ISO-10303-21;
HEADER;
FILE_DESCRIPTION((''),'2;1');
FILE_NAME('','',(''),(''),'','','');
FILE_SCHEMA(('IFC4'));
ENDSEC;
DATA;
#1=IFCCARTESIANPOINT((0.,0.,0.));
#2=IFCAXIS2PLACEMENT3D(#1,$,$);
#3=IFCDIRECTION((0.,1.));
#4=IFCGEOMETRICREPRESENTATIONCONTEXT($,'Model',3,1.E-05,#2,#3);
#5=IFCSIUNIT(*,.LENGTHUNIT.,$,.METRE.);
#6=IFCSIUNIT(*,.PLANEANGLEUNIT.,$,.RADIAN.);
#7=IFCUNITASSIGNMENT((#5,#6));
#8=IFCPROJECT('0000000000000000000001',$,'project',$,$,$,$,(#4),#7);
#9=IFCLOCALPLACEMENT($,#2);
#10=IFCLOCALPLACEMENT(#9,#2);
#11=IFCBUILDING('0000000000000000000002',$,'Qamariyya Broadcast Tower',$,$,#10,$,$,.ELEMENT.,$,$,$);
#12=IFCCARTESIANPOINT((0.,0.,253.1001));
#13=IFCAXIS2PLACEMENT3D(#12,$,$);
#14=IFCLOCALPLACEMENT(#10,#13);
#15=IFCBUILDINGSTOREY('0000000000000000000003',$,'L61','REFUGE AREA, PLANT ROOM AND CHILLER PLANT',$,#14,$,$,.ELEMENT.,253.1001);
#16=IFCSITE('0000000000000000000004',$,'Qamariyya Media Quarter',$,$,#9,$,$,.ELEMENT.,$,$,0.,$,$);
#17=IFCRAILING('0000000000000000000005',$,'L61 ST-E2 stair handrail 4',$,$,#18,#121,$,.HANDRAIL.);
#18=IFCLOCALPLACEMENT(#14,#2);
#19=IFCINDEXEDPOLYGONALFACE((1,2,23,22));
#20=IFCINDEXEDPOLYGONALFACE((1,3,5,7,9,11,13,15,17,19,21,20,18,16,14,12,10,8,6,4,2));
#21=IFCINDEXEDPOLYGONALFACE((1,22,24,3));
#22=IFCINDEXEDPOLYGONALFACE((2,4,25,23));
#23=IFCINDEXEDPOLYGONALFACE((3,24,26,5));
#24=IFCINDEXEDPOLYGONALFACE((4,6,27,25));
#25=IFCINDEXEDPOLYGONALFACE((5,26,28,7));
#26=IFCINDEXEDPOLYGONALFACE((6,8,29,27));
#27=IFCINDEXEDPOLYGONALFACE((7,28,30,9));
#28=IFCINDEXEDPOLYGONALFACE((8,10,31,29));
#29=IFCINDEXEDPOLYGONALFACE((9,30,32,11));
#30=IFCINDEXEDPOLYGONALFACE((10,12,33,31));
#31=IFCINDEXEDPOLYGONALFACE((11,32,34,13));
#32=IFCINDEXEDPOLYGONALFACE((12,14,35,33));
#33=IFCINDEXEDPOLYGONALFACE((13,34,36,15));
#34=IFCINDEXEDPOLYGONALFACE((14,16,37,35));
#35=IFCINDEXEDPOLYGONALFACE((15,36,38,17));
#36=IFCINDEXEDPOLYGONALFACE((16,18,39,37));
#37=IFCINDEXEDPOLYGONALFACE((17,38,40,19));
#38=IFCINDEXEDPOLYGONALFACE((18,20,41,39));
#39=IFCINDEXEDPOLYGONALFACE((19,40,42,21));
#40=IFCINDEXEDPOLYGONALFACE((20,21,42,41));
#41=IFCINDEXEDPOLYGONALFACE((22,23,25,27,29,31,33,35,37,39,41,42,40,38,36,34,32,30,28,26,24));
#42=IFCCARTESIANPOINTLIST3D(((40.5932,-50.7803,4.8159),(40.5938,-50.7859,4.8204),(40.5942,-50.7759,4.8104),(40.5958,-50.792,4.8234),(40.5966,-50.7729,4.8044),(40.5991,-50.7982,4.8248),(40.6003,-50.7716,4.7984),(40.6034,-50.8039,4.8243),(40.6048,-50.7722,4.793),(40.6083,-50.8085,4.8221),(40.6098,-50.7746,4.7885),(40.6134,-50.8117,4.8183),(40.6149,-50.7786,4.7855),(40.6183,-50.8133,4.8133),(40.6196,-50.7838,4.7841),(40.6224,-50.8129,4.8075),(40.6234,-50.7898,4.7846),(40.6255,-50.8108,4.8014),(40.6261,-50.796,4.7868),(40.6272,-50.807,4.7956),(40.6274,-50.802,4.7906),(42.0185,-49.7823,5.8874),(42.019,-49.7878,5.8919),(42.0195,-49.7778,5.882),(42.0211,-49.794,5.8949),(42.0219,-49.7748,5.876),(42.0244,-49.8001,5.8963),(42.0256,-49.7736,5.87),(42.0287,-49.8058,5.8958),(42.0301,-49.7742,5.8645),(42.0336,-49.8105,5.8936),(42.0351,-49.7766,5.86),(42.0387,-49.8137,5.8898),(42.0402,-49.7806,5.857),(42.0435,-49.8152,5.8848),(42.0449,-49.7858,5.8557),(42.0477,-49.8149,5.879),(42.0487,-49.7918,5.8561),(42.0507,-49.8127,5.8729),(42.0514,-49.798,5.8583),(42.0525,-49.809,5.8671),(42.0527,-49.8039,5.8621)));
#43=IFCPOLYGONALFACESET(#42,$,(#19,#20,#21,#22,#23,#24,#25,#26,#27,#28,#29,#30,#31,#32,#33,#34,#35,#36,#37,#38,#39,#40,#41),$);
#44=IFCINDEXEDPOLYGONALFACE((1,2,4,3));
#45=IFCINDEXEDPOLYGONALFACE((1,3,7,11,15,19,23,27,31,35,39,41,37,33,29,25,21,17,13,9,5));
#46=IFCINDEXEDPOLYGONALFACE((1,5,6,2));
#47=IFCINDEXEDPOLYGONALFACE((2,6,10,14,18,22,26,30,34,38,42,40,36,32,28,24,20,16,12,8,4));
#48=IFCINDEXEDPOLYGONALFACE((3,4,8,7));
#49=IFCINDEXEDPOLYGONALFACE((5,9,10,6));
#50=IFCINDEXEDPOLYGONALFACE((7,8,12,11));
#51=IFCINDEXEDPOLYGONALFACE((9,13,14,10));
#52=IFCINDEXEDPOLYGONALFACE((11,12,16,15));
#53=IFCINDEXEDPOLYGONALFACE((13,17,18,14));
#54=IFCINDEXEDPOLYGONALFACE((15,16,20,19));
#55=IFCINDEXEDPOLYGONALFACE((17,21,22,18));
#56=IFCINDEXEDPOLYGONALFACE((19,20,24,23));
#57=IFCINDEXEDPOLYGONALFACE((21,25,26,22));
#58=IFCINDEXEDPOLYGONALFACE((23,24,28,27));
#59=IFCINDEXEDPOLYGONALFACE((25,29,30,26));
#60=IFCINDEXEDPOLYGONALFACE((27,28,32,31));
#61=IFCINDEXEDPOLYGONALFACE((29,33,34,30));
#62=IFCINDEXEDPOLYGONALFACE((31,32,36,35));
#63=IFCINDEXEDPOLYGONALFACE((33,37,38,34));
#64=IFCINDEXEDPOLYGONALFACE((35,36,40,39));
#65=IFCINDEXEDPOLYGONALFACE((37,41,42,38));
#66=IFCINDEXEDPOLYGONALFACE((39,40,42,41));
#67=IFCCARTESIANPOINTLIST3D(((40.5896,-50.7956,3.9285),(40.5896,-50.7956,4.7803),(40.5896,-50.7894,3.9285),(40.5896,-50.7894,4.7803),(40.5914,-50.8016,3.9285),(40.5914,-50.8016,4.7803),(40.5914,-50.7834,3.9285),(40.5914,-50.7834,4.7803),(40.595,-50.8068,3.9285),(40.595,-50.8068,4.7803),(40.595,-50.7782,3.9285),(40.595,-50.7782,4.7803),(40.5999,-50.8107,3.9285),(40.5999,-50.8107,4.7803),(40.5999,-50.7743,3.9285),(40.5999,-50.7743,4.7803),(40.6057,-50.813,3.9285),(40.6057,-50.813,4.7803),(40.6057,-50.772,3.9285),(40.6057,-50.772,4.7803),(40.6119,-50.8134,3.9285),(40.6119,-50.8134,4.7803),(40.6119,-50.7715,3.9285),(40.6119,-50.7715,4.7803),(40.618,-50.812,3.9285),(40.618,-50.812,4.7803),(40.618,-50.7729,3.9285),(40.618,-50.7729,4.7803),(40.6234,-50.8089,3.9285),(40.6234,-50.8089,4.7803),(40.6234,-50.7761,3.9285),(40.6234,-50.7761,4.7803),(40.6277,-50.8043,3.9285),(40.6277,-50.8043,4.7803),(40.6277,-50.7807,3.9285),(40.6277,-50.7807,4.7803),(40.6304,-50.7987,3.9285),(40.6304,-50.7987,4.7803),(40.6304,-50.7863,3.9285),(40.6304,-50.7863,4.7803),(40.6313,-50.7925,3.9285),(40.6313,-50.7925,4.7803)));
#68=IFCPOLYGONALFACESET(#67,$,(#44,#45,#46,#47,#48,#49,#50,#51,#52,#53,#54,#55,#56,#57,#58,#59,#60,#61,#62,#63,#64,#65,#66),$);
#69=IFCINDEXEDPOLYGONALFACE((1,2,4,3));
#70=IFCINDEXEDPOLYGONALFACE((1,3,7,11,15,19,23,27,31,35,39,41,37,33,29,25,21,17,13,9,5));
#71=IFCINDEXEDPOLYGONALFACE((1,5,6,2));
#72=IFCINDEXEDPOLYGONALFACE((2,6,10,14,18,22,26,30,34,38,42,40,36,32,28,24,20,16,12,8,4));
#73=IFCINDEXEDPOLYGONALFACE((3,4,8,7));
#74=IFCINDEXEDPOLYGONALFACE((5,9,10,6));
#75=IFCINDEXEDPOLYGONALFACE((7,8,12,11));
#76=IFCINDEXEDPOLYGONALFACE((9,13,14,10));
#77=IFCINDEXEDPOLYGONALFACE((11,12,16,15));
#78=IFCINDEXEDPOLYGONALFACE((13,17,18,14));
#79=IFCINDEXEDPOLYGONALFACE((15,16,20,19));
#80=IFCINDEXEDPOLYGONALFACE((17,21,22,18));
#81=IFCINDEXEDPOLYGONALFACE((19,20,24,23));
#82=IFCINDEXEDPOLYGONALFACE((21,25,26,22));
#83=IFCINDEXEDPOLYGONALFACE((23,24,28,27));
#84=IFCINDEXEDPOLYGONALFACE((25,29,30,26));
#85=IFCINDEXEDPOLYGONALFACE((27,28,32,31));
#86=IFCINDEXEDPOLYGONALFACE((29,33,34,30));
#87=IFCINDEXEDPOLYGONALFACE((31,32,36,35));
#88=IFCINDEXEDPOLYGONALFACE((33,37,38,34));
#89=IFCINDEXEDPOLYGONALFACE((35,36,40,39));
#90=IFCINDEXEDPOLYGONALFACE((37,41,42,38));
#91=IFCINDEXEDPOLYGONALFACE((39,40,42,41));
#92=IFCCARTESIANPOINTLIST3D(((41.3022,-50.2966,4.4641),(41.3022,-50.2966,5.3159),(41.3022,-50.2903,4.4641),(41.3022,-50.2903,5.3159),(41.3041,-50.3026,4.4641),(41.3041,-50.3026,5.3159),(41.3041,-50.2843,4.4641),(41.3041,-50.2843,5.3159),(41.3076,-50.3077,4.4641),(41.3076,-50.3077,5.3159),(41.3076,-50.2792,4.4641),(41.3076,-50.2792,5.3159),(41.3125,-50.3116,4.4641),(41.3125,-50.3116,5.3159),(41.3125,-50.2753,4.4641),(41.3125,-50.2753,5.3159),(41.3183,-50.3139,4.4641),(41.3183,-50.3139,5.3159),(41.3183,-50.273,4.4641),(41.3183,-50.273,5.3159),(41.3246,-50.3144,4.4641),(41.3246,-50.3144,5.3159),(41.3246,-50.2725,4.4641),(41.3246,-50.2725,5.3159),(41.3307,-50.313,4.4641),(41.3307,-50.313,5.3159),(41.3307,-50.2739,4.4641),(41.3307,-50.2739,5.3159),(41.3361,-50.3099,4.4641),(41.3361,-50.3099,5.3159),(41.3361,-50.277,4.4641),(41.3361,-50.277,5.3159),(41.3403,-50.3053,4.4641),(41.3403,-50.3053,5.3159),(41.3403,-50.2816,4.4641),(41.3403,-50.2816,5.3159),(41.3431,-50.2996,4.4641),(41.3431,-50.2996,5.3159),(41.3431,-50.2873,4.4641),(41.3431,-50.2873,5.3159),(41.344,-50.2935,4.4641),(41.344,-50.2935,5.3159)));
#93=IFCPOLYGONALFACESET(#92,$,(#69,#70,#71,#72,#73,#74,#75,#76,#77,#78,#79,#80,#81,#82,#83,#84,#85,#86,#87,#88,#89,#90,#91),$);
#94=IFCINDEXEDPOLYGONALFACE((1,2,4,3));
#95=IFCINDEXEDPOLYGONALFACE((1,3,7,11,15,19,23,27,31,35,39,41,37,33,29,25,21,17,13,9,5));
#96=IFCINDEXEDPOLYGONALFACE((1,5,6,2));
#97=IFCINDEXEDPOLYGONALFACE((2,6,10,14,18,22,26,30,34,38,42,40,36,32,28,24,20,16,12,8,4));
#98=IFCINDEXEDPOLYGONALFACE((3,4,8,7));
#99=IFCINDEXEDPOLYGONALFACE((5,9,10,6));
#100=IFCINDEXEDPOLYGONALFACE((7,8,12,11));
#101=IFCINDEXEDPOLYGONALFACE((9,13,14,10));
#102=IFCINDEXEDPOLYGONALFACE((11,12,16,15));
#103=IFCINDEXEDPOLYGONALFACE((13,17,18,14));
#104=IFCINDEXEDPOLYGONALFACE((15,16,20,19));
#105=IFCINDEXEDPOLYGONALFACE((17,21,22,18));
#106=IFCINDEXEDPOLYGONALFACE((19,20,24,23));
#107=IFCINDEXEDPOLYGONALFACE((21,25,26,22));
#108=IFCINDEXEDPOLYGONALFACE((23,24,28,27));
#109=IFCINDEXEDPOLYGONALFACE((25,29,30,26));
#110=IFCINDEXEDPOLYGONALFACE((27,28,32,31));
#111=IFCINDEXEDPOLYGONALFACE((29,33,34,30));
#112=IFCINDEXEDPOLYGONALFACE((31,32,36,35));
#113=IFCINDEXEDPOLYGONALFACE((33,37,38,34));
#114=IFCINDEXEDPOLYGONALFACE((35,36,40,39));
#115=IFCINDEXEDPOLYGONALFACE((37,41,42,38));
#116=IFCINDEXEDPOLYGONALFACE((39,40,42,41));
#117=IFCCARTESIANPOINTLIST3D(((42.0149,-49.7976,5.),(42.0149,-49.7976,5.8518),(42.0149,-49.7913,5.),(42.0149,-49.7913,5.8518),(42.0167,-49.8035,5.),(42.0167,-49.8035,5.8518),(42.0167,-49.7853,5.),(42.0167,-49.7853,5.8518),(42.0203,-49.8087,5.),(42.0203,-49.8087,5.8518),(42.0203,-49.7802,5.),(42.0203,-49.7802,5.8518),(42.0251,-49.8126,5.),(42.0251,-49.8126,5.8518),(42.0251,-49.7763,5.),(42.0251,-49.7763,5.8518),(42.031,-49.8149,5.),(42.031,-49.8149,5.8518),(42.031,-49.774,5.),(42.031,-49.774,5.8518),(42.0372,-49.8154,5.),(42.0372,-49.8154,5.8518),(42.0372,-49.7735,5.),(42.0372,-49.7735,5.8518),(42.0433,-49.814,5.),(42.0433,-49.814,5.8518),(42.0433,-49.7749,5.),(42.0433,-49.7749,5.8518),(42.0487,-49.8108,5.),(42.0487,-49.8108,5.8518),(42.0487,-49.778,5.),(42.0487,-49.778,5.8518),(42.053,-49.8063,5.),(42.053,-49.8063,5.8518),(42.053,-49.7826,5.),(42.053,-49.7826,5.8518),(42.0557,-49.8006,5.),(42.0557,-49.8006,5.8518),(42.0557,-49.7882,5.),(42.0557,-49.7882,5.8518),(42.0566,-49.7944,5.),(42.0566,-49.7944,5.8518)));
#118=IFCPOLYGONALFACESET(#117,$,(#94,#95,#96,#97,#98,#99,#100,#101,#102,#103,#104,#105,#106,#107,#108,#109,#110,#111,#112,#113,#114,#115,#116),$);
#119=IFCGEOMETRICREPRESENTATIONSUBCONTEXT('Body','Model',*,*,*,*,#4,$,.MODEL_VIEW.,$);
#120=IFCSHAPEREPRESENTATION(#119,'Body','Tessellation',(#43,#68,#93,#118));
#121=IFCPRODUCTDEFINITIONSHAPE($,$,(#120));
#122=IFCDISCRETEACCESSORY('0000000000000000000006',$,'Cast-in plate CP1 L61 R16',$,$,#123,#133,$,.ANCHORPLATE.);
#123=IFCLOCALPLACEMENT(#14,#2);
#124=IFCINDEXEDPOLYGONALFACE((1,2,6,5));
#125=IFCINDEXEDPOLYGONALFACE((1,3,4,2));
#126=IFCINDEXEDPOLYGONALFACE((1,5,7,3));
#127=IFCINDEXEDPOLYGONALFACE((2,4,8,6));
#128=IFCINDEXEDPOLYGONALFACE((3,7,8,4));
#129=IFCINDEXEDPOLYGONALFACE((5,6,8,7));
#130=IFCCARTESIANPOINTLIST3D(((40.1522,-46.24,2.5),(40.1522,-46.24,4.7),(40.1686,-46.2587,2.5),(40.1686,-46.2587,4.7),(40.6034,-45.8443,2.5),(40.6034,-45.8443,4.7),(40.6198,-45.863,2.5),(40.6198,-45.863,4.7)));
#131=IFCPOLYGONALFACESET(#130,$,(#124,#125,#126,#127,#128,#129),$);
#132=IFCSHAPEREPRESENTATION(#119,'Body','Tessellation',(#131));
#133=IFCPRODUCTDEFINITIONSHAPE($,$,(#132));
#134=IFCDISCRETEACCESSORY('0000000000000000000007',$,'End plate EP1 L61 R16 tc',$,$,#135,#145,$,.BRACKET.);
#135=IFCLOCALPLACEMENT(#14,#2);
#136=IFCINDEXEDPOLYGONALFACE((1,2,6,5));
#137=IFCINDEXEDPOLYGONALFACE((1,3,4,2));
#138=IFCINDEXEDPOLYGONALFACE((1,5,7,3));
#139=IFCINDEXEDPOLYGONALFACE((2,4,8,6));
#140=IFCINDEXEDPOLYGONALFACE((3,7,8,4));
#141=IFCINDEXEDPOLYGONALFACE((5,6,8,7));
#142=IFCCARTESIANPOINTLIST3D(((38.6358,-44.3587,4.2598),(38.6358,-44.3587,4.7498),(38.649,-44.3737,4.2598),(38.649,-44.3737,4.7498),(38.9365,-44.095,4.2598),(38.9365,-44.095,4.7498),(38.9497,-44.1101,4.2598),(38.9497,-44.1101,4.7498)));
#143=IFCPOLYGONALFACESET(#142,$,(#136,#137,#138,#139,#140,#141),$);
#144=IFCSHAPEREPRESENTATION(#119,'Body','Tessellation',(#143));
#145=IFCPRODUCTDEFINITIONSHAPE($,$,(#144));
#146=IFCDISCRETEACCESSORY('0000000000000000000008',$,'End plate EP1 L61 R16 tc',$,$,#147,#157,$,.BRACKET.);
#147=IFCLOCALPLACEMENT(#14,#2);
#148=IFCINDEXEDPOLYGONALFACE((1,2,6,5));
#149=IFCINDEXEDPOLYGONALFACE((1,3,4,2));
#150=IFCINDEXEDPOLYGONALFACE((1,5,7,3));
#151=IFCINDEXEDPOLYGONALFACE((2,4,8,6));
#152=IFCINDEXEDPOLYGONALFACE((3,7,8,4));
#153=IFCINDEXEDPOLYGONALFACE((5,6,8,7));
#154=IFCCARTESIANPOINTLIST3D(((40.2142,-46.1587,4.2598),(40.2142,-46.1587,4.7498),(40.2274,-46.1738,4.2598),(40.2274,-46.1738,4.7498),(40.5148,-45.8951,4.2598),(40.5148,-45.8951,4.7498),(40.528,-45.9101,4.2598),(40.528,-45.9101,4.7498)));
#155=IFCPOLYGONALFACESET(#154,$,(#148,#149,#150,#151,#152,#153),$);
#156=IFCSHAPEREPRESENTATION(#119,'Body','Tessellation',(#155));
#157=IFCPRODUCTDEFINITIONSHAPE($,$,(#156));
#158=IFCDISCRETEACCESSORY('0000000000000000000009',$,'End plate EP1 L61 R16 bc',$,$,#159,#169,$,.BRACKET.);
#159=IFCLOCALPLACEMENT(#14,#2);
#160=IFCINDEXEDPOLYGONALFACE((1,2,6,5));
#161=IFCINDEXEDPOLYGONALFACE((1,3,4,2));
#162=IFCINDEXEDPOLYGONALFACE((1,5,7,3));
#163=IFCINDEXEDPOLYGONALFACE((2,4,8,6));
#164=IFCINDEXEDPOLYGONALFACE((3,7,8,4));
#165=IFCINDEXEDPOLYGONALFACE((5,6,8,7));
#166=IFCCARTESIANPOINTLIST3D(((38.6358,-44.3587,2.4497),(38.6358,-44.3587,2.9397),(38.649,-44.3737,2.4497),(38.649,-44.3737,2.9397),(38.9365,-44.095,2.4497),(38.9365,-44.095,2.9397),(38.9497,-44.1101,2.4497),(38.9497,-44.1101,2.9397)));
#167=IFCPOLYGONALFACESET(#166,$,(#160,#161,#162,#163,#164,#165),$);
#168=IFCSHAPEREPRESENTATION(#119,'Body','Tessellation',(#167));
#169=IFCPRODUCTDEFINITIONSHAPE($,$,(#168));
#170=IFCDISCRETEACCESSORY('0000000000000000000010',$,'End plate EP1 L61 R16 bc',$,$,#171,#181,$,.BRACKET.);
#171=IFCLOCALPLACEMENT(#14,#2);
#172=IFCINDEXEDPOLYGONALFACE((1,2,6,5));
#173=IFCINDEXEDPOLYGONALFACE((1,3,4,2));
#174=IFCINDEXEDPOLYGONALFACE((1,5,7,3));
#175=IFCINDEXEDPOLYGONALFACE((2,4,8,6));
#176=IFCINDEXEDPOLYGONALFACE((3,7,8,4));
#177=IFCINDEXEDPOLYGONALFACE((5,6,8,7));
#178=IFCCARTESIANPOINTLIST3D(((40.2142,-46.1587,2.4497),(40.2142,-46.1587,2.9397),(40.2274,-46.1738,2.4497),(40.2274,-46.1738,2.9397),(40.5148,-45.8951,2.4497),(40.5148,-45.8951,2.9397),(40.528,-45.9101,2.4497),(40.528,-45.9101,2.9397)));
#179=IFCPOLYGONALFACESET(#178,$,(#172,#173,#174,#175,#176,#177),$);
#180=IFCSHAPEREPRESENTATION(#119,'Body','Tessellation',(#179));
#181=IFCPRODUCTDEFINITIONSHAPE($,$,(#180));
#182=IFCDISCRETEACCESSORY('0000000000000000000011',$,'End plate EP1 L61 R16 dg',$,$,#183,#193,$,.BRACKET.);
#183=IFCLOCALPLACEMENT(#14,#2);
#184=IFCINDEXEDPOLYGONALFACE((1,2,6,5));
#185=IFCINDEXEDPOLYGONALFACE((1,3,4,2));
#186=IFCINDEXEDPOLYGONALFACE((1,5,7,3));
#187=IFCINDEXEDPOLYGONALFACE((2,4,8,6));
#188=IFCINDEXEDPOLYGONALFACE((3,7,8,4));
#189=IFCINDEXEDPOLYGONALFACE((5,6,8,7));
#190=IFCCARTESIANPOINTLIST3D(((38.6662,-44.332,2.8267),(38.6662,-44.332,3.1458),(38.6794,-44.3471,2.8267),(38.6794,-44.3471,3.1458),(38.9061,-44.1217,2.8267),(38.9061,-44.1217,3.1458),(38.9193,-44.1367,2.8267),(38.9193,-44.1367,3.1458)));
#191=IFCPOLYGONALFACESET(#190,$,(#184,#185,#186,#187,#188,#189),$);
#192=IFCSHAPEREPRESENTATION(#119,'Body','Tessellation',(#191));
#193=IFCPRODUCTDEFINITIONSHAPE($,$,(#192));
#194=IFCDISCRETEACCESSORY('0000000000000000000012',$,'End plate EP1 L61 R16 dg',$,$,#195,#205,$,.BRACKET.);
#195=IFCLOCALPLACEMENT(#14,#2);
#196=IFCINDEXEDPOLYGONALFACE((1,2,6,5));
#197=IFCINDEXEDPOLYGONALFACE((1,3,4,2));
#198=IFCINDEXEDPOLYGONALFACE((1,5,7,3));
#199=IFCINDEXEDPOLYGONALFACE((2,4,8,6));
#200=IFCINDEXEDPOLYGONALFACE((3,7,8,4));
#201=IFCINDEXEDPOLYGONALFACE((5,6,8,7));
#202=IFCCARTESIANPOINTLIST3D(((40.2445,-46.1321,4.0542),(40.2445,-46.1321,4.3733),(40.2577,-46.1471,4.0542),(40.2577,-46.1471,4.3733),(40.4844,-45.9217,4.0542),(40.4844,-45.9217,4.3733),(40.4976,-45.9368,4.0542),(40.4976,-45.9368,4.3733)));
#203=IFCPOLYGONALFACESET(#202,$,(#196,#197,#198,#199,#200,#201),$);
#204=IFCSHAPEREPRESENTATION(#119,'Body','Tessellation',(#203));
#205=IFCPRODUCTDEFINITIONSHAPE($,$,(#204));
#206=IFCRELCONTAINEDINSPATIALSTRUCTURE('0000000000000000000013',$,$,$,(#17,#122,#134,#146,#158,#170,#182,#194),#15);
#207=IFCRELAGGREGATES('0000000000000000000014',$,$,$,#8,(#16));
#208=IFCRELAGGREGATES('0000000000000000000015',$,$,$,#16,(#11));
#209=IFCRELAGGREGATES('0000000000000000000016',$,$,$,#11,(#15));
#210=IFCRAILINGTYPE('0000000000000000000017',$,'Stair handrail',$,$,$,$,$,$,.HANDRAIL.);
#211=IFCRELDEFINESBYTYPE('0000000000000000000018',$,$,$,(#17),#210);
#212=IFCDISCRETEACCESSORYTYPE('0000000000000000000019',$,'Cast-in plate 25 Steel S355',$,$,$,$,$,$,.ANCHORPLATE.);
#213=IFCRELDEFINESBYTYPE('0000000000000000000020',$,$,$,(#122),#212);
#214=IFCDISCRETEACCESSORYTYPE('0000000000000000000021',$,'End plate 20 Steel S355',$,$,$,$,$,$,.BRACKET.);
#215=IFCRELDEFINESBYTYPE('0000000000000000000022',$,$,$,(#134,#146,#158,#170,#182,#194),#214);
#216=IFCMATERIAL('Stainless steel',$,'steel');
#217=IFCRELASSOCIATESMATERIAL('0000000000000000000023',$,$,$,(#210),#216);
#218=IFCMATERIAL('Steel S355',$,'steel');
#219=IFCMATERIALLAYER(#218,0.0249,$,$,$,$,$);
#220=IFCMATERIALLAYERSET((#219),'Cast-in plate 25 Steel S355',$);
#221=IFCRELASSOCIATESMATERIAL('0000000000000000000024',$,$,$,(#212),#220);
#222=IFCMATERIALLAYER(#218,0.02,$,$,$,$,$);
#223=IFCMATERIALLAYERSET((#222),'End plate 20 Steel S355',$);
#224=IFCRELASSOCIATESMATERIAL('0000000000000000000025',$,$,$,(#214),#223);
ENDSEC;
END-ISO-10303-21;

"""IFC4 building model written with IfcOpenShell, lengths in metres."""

from ifc_helpers import new_model, si_unit, direction, frame, origin, origin_2d, place, context, subcontext, project, spatial, rectangle, circle, extrude, material, layer, layer_set, type_object, element, save


model = new_model("IFC4")

# Units and contexts
model_context = context("Model", 3, precision=1e-05, world=origin(), true_north=direction((0.0, 1.0)))
body_context = subcontext(model_context, "Body", "Model", "MODEL_VIEW")
ifc_project = project(units=[si_unit("LENGTHUNIT", "METRE"), si_unit("PLANEANGLEUNIT", "RADIAN")], contexts=[model_context])

# Site, building, storey
site_placement = place(None, origin())
site = spatial("IfcSite", under=ifc_project, at=site_placement, Name="Qamariyya Media Quarter", CompositionType="ELEMENT", RefElevation=0.0)
building_placement = place(site_placement, origin())
building = spatial("IfcBuilding", under=site, at=building_placement, Name="Qamariyya Broadcast Tower", CompositionType="ELEMENT")
storey_placement = place(building_placement, frame((0.0, 0.0, 253.1001)))
storey = spatial("IfcBuildingStorey", under=building, at=storey_placement, Name="L61", Description="REFUGE AREA, PLANT ROOM AND CHILLER PLANT", CompositionType="ELEMENT", Elevation=253.1001)

# Shared definitions
ifc_material_1 = material(Name="Steel S355", Category="steel")

# Railing
ifc_material_2 = material(Name="Stainless steel", Category="steel")
railing_type_1 = type_object("IfcRailingType", Name="Stair handrail", PredefinedType="HANDRAIL", material=ifc_material_2)
railing_1_placement = place(storey_placement, frame((40.6104, -50.7925, 3.9285)))
element("IfcRailing", 1, at=railing_1_placement, inside=storey, type_object=railing_type_1, Name="L61 ST-E2 stair handrail 4", PredefinedType="HANDRAIL", context=body_context, shape_type="SweptSolid", body=[
    extrude(circle(Radius=0.0239, at=origin_2d()), frame((0.0, 0.0, 0.876), z_axis=(0.697489, 0.48841, 0.524371), x_axis=(-0.573594, 0.81914, 0.0)), (0.0, 0.0, 1.0), 2.0435),
    extrude(circle(Radius=0.021, at=origin_2d()), origin(), (0.0, 0.0, 1.0), 0.8518),
    extrude(circle(Radius=0.021, at=origin_2d()), frame((0.7126, 0.499, 0.5356)), (0.0, 0.0, 1.0), 0.8518),
    extrude(circle(Radius=0.021, at=origin_2d()), frame((1.4253, 0.998, 1.0715)), (0.0, 0.0, 1.0), 0.8518),
])

# Discrete accessories
ifc_layer_1 = layer(ifc_material_1, 0.0249)
ifc_layer_set_1 = layer_set([ifc_layer_1], Name="Cast-in plate 25 Steel S355")
discrete_accessory_type_1 = type_object("IfcDiscreteAccessoryType", Name="Cast-in plate 25 Steel S355", PredefinedType="ANCHORPLATE", material=ifc_layer_set_1)
discrete_accessory_placement = place(storey_placement, frame((40.386, -46.0515, 2.5), z_axis=(0.0, 0.0, 1.0), x_axis=(-0.75184, -0.659346, 0.0)))
element("IfcDiscreteAccessory", 2, at=discrete_accessory_placement, inside=storey, type_object=discrete_accessory_type_1, Name="Cast-in plate CP1 L61 R16", PredefinedType="ANCHORPLATE", context=body_context, shape_type="SweptSolid", body=[
    extrude(rectangle(XDim=0.6001, YDim=0.0249, at=origin_2d()), origin(), (0.0, 0.0, 1.0), 2.2),
])
ifc_layer_2 = layer(ifc_material_1, 0.02)
ifc_layer_set_2 = layer_set([ifc_layer_2], Name="End plate 20 Steel S355")
discrete_accessory_type_2 = type_object("IfcDiscreteAccessoryType", Name="End plate 20 Steel S355", PredefinedType="BRACKET", material=ifc_layer_set_2)
for number, where, z_axis, x_axis, name in (
    (3, (38.7927, -44.2344, 4.2598), (0.0, 0.0, 1.0), (-0.75184, -0.659346, 0.0), "End plate EP1 L61 R16 tc"),
    (4, (40.3711, -46.0344, 4.2598), (0.0, 0.0, 1.0), (-0.75184, -0.659346, 0.0), "End plate EP1 L61 R16 tc"),
    (5, (38.7927, -44.2344, 2.4497), (0.0, 0.0, 1.0), (-0.75184, -0.659346, 0.0), "End plate EP1 L61 R16 bc"),
    (6, (40.3711, -46.0344, 2.4497), (0.0, 0.0, 1.0), (-0.75184, -0.659346, 0.0), "End plate EP1 L61 R16 bc"),
):
    element("IfcDiscreteAccessory", number, at=place(storey_placement, frame(where, z_axis=z_axis, x_axis=x_axis)), inside=storey, type_object=discrete_accessory_type_2, Name=name, PredefinedType="BRACKET", context=body_context, shape_type="SweptSolid", body=[
        extrude(rectangle(XDim=0.3999, YDim=0.02, at=origin_2d()), origin(), (0.0, 0.0, 1.0), 0.49),
    ])
for number, where, z_axis, x_axis, name in (
    (7, (38.7927, -44.2344, 2.8267), (0.0, 0.0, 1.0), (-0.75184, -0.659346, 0.0), "End plate EP1 L61 R16 dg"),
    (8, (40.3711, -46.0344, 4.0542), (0.0, 0.0, 1.0), (-0.75184, -0.659346, 0.0), "End plate EP1 L61 R16 dg"),
):
    element("IfcDiscreteAccessory", number, at=place(storey_placement, frame(where, z_axis=z_axis, x_axis=x_axis)), inside=storey, type_object=discrete_accessory_type_2, Name=name, PredefinedType="BRACKET", context=body_context, shape_type="SweptSolid", body=[
        extrude(rectangle(XDim=0.3191, YDim=0.02, at=origin_2d()), origin(), (0.0, 0.0, 1.0), 0.3191),
    ])

save(model, "model.ifc")
